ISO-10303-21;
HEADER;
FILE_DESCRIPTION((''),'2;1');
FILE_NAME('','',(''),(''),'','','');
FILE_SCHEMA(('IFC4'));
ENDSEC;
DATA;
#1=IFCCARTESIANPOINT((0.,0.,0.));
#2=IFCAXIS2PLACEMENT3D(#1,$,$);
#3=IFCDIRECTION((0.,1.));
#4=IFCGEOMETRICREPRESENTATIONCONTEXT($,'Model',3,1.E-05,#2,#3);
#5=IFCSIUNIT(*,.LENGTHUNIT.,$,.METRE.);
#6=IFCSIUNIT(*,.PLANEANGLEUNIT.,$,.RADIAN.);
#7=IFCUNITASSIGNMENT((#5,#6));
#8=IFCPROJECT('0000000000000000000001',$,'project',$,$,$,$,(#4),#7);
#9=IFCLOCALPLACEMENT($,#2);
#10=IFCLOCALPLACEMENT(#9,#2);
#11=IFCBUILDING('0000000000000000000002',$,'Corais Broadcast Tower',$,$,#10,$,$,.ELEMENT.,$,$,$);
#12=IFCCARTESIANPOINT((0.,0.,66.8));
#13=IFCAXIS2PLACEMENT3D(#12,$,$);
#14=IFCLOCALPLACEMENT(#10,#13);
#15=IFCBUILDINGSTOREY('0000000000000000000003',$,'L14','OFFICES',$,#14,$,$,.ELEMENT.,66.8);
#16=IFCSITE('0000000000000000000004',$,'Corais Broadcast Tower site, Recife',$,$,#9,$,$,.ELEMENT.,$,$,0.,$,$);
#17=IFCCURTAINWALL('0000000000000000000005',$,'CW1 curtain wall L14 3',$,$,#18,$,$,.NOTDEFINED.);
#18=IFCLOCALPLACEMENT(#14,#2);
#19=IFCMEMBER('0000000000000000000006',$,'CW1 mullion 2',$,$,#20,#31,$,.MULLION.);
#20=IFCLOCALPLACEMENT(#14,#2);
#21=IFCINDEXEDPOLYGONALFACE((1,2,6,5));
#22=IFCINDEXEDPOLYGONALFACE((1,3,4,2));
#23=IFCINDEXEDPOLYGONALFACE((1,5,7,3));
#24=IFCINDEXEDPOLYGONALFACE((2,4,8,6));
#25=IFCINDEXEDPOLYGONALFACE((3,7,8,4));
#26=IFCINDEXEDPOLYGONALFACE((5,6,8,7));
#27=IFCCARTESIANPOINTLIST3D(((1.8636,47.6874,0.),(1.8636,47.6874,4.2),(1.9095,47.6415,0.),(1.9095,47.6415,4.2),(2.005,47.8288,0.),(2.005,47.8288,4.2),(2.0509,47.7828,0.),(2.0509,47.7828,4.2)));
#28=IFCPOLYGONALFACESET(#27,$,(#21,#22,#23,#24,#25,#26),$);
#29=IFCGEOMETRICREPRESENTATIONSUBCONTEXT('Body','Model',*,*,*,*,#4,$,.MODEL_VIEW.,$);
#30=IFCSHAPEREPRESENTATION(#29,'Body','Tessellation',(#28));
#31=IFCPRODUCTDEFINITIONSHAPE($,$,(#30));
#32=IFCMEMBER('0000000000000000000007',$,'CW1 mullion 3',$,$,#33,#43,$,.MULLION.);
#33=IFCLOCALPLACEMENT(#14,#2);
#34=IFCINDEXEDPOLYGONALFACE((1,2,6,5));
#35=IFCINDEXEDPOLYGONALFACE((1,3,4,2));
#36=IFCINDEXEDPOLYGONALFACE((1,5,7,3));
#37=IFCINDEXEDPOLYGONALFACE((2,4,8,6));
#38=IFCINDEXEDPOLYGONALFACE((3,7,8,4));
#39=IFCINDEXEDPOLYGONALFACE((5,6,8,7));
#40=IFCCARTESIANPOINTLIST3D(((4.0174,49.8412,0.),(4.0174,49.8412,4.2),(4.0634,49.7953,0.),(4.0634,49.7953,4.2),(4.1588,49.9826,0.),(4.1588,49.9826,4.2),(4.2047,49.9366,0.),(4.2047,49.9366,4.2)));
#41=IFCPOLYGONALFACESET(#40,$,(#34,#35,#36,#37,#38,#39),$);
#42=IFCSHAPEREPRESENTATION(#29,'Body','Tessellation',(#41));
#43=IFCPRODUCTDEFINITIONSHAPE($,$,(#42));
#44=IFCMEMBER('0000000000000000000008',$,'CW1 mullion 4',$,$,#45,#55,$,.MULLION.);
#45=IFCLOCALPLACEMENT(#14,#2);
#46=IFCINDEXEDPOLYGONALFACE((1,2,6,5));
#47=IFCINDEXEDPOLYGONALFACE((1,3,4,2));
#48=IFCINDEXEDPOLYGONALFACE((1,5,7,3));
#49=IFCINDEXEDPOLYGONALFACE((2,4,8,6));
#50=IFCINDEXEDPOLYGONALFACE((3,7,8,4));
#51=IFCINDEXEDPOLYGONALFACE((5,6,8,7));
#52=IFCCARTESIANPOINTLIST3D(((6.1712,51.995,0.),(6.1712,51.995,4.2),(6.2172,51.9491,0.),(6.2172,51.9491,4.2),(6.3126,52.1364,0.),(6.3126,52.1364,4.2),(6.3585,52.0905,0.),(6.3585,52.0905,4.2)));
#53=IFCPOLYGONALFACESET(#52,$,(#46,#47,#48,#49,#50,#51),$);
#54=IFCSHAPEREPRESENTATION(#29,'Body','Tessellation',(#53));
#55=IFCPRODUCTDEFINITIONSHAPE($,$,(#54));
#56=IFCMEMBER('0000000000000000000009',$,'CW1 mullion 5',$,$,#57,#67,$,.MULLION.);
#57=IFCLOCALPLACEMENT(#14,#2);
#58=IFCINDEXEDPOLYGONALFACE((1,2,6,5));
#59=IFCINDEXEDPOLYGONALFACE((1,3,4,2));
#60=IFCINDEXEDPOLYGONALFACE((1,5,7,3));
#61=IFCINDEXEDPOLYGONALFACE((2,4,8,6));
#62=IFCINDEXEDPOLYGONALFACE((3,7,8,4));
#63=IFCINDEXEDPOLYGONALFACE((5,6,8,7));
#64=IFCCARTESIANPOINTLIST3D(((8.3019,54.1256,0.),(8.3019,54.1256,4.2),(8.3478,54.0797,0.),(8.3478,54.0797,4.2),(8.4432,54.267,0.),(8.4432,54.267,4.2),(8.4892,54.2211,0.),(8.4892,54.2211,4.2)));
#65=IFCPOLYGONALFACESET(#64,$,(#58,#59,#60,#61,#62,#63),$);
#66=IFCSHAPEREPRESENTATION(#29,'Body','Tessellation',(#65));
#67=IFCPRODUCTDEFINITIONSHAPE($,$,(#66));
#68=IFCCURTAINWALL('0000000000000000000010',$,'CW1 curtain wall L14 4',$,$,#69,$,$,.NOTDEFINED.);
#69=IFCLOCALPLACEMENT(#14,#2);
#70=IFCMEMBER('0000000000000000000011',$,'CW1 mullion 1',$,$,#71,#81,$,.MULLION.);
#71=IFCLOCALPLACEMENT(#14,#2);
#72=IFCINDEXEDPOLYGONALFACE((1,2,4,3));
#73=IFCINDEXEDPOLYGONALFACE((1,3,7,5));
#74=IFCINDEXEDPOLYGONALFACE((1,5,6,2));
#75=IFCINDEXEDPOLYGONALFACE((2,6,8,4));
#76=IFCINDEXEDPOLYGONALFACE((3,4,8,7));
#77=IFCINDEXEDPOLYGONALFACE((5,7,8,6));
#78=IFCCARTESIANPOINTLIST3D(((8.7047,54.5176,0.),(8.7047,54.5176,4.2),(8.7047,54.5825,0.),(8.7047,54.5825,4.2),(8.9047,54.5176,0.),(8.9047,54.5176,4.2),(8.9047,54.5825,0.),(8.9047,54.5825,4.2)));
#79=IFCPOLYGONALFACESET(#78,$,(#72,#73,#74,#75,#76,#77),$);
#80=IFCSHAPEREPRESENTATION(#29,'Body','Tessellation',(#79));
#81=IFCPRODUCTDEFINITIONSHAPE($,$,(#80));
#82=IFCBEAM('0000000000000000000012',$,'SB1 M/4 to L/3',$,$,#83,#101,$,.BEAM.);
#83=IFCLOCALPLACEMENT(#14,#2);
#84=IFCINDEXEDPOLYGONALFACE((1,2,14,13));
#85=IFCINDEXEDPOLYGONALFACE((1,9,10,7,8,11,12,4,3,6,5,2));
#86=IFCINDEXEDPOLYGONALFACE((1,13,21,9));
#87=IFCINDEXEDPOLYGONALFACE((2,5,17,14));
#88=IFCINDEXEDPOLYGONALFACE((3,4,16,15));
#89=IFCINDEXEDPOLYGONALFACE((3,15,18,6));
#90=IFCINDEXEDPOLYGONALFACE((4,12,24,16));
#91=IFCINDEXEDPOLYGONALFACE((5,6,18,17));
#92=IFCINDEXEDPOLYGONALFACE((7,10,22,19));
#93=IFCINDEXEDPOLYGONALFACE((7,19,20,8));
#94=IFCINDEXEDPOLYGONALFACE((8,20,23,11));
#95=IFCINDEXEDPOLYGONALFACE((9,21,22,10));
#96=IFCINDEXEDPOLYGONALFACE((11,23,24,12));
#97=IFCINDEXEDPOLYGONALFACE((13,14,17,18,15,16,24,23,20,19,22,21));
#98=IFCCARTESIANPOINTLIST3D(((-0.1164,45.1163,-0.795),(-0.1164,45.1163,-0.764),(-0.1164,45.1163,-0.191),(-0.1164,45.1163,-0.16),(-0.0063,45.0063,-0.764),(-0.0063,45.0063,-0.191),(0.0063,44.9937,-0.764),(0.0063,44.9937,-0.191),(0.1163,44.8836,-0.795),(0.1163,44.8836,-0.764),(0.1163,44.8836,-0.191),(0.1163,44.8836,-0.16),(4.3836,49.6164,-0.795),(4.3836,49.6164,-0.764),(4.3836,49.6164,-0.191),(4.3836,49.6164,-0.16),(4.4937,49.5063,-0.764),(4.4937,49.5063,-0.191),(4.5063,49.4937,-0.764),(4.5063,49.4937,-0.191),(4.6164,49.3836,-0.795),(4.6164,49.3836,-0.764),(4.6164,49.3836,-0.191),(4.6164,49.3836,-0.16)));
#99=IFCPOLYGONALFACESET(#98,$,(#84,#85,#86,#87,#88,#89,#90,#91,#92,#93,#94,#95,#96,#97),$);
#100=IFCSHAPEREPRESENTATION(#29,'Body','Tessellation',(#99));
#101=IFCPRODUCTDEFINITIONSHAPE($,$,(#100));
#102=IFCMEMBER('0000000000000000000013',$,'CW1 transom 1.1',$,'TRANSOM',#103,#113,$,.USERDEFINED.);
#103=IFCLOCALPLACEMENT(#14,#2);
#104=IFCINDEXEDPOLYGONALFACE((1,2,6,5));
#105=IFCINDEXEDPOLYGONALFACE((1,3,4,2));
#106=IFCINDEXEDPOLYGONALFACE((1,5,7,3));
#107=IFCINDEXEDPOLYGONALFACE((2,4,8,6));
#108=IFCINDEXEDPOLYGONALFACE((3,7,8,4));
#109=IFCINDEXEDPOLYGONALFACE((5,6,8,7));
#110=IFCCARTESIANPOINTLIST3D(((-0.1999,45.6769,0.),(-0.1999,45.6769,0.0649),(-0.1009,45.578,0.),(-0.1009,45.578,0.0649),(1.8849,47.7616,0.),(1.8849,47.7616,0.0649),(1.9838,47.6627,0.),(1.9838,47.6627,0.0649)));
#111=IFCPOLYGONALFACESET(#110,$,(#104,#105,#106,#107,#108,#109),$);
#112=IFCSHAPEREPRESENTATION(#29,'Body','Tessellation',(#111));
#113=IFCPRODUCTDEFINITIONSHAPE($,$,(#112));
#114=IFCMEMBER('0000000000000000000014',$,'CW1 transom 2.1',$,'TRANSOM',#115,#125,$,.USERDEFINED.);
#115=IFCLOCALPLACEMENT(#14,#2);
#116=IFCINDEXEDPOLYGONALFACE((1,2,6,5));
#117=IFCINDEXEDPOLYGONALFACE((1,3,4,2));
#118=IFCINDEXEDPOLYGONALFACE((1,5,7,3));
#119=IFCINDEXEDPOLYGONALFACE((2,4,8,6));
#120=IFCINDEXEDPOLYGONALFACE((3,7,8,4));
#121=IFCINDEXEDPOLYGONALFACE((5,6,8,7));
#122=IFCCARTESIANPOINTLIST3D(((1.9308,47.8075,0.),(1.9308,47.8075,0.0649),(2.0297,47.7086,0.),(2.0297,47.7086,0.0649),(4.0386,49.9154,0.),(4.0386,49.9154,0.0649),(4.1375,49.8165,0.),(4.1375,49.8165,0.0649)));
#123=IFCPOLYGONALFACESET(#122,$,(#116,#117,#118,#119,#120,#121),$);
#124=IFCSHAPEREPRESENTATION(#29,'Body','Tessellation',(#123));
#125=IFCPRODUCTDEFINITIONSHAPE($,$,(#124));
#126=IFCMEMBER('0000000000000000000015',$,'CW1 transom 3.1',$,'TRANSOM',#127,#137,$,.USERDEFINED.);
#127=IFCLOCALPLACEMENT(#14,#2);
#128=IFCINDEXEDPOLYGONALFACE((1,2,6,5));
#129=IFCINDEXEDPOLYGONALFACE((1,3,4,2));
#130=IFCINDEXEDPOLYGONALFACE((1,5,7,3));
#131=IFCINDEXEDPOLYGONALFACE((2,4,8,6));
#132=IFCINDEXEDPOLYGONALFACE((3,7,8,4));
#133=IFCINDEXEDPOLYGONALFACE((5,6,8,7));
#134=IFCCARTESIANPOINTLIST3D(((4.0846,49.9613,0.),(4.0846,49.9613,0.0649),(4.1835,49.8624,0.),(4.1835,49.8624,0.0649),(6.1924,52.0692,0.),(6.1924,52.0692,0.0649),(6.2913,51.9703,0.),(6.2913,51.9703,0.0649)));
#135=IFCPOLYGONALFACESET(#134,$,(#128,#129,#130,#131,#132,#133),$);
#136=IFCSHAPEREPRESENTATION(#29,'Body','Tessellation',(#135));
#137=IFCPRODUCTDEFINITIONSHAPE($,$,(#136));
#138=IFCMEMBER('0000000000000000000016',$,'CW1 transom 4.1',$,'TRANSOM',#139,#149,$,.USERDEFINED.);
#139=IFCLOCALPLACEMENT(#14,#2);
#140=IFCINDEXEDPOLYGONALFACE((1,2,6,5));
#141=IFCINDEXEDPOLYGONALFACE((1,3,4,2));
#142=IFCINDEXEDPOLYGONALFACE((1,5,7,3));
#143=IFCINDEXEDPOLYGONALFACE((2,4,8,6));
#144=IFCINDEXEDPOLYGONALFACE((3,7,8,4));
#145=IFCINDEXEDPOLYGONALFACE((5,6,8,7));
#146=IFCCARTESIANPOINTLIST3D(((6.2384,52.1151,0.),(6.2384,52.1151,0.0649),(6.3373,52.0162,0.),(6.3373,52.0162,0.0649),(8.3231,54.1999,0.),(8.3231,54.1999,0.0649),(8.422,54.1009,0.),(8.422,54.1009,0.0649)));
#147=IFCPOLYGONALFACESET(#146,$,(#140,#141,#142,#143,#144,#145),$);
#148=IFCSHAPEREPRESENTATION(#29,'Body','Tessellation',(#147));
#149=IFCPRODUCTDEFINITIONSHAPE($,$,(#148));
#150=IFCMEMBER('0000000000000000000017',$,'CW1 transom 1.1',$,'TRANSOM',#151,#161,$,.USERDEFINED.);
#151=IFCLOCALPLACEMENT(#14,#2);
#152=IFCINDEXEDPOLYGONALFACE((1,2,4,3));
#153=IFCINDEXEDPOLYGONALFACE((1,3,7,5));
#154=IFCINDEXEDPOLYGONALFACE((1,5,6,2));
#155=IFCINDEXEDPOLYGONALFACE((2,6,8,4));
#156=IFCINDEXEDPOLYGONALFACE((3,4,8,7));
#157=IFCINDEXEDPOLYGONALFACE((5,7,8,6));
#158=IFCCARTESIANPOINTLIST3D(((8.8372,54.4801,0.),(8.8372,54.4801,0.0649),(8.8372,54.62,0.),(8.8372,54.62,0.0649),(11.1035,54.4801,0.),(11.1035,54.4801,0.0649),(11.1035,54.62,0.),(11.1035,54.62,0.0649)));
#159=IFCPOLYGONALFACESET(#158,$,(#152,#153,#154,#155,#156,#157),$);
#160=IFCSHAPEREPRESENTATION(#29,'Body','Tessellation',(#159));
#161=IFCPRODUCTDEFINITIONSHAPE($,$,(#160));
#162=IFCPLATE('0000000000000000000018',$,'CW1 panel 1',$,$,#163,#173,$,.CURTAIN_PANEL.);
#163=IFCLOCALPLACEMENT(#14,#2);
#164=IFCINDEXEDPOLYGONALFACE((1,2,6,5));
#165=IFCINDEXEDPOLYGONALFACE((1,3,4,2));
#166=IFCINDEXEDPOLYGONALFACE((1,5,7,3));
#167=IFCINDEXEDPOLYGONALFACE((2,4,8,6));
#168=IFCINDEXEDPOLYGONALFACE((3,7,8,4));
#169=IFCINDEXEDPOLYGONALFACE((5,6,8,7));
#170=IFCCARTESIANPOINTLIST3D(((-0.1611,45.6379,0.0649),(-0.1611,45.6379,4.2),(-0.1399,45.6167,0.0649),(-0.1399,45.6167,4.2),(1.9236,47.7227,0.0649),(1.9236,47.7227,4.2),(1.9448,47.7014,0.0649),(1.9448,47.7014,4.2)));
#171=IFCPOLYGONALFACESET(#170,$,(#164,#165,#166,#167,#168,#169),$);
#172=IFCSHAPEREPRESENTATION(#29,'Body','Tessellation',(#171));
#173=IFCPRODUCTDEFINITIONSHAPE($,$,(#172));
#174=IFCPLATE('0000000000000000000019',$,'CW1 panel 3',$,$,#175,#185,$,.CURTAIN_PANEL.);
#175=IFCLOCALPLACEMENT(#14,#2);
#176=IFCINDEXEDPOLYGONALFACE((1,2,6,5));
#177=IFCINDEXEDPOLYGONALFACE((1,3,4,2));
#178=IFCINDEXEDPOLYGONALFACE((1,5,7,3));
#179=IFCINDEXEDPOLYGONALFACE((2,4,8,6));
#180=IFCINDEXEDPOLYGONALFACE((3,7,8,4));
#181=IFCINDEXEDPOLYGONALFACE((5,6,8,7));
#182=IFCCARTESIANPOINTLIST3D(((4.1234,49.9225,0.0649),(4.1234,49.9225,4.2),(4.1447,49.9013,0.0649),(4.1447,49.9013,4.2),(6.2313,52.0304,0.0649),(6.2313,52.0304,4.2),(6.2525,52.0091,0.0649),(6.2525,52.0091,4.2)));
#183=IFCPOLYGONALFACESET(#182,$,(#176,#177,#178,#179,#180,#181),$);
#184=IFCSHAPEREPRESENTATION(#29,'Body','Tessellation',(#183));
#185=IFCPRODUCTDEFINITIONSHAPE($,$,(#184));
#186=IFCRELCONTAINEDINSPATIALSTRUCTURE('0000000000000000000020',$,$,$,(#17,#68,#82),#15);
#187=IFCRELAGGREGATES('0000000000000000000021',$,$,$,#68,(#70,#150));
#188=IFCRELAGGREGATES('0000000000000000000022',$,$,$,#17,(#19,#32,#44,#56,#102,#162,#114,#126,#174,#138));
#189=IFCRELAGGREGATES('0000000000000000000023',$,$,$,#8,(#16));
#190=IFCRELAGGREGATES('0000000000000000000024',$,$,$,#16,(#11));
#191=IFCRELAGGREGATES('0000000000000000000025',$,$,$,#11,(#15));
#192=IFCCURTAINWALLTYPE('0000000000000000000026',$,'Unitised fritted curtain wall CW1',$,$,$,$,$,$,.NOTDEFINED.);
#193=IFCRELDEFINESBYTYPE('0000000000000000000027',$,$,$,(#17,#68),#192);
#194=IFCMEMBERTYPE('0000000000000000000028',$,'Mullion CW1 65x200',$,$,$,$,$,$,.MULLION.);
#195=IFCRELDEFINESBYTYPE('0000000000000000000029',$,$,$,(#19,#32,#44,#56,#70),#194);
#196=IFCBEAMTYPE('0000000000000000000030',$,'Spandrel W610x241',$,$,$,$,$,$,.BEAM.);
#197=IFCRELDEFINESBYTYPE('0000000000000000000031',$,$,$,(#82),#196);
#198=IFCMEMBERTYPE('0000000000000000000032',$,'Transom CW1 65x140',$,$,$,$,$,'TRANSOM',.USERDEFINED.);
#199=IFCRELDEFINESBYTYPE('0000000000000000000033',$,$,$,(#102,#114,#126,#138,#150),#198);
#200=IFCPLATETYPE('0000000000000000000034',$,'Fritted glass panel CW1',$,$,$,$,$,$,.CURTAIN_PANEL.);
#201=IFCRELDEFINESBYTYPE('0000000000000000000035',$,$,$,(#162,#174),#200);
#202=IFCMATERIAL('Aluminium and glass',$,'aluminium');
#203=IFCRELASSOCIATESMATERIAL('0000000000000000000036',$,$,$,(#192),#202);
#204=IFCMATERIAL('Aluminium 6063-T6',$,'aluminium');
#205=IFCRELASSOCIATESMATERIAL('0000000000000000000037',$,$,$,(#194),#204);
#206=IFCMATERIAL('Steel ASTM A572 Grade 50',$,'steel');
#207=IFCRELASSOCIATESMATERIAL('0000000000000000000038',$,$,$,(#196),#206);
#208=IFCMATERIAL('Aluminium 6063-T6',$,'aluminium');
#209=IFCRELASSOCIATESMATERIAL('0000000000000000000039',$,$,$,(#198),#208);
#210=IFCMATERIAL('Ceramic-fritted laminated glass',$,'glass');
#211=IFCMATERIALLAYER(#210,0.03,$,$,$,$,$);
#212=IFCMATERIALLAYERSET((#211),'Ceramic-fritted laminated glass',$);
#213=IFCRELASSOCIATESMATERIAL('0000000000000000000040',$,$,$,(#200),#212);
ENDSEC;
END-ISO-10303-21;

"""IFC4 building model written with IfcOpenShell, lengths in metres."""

from ifc_helpers import new_model, si_unit, direction, frame, origin, origin_2d, place, context, subcontext, project, spatial, rectangle, i_section, extrude, material, layer, layer_set, material_profile, profile_set, type_object, element, aggregate, save


model = new_model("IFC4")

# Units and contexts
model_context = context("Model", 3, precision=1e-05, world=origin(), true_north=direction((0.0, 1.0)))
body_context = subcontext(model_context, "Body", "Model", "MODEL_VIEW")
ifc_project = project(units=[si_unit("LENGTHUNIT", "METRE"), si_unit("PLANEANGLEUNIT", "RADIAN")], contexts=[model_context])

# Site, building, storey
site_placement = place(None, origin())
site = spatial("IfcSite", under=ifc_project, at=site_placement, Name="Corais Broadcast Tower site, Recife", CompositionType="ELEMENT", RefElevation=0.0)
building_placement = place(site_placement, origin())
building = spatial("IfcBuilding", under=site, at=building_placement, Name="Corais Broadcast Tower", CompositionType="ELEMENT")
storey_placement = place(building_placement, frame((0.0, 0.0, 66.8)))
storey = spatial("IfcBuildingStorey", under=building, at=storey_placement, Name="L14", Description="OFFICES", CompositionType="ELEMENT", Elevation=66.8)

# Shared definitions
ifc_material_1 = material(Name="Aluminium and glass", Category="aluminium")
curtain_wall_type = type_object("IfcCurtainWallType", Name="Unitised fritted curtain wall CW1", PredefinedType="NOTDEFINED", material=ifc_material_1)
ifc_material_2 = material(Name="Aluminium 6063-T6", Category="aluminium")
ifc_material_profile_1 = material_profile(ifc_material_2, rectangle(XDim=0.0649, YDim=0.2, at=origin_2d()), Name="Mullion CW1 65x200")
ifc_profile_set_1 = profile_set([ifc_material_profile_1], Name="Aluminium 6063-T6")
member_type_1 = type_object("IfcMemberType", Name="Mullion CW1 65x200", PredefinedType="MULLION", material=ifc_profile_set_1)

# Curtain wall, members
curtain_wall_1_placement = place(storey_placement, origin())
curtain_wall_1 = element("IfcCurtainWall", 1, at=curtain_wall_1_placement, inside=storey, type_object=curtain_wall_type, Name="CW1 curtain wall L14 3", PredefinedType="NOTDEFINED")
member_1_placement = place(storey_placement, frame((1.9573, 47.7351, 0.0), z_axis=(0.0, 0.0, 1.0), x_axis=(-0.707107, 0.707107, 0.0)))
member_1 = element("IfcMember", 2, at=member_1_placement, type_object=member_type_1, Name="CW1 mullion 2", PredefinedType="MULLION", context=body_context, shape_type="SweptSolid", body=[
    extrude(rectangle(XDim=0.0649, YDim=0.2, at=origin_2d()), origin(), (0.0, 0.0, 1.0), 4.2),
])
member_2_placement = place(storey_placement, frame((4.1111, 49.8889, 0.0), z_axis=(0.0, 0.0, 1.0), x_axis=(-0.707107, 0.707107, 0.0)))
member_2 = element("IfcMember", 3, at=member_2_placement, type_object=member_type_1, Name="CW1 mullion 3", PredefinedType="MULLION", context=body_context, shape_type="SweptSolid", body=[
    extrude(rectangle(XDim=0.0649, YDim=0.2, at=origin_2d()), origin(), (0.0, 0.0, 1.0), 4.2),
])
member_3_placement = place(storey_placement, frame((6.2649, 52.0427, 0.0), z_axis=(0.0, 0.0, 1.0), x_axis=(-0.707107, 0.707107, 0.0)))
member_3 = element("IfcMember", 4, at=member_3_placement, type_object=member_type_1, Name="CW1 mullion 4", PredefinedType="MULLION", context=body_context, shape_type="SweptSolid", body=[
    extrude(rectangle(XDim=0.0649, YDim=0.2, at=origin_2d()), origin(), (0.0, 0.0, 1.0), 4.2),
])
member_4_placement = place(storey_placement, frame((8.3955, 54.1733, 0.0), z_axis=(0.0, 0.0, 1.0), x_axis=(-0.707107, 0.707107, 0.0)))
member_4 = element("IfcMember", 5, at=member_4_placement, type_object=member_type_1, Name="CW1 mullion 5", PredefinedType="MULLION", context=body_context, shape_type="SweptSolid", body=[
    extrude(rectangle(XDim=0.0649, YDim=0.2, at=origin_2d()), origin(), (0.0, 0.0, 1.0), 4.2),
])

# Curtain wall, member
curtain_wall_2_placement = place(storey_placement, origin())
curtain_wall_2 = element("IfcCurtainWall", 6, at=curtain_wall_2_placement, inside=storey, type_object=curtain_wall_type, Name="CW1 curtain wall L14 4", PredefinedType="NOTDEFINED")
member_5_placement = place(storey_placement, frame((8.8047, 54.55, 0.0), z_axis=(0.0, 0.0, 1.0), x_axis=(0.0, 1.0, 0.0)))
member_5 = element("IfcMember", 7, at=member_5_placement, type_object=member_type_1, Name="CW1 mullion 1", PredefinedType="MULLION", context=body_context, shape_type="SweptSolid", body=[
    extrude(rectangle(XDim=0.0649, YDim=0.2, at=origin_2d()), origin(), (0.0, 0.0, 1.0), 4.2),
])

# Beam
ifc_material_3 = material(Name="Steel ASTM A572 Grade 50", Category="steel")
ifc_material_profile_2 = material_profile(ifc_material_3, i_section(OverallWidth=0.3291, OverallDepth=0.635, WebThickness=0.0178, FlangeThickness=0.031, at=origin_2d()), Name="W610x241")
ifc_profile_set_2 = profile_set([ifc_material_profile_2], Name="Steel ASTM A572 Grade 50")
beam_type_1 = type_object("IfcBeamType", Name="Spandrel W610x241", PredefinedType="BEAM", material=ifc_profile_set_2)
beam_1_placement = place(storey_placement, frame((4.5, 49.5, -0.4775), z_axis=(-0.707107, -0.707107, 0.0), x_axis=(0.707107, -0.707107, 0.0)))
element("IfcBeam", 8, at=beam_1_placement, inside=storey, type_object=beam_type_1, Name="SB1 M/4 to L/3", PredefinedType="BEAM", context=body_context, shape_type="SweptSolid", body=[
    extrude(i_section(OverallWidth=0.3291, OverallDepth=0.635, WebThickness=0.0178, FlangeThickness=0.031, at=origin_2d()), origin(), (0.0, 0.0, 1.0), 6.364),
])

# Members
ifc_material_4 = material(Name="Aluminium 6063-T6", Category="aluminium")
ifc_material_profile_3 = material_profile(ifc_material_4, rectangle(XDim=0.1399, YDim=0.0649, at=origin_2d()), Name="Transom CW1 65x140")
ifc_profile_set_3 = profile_set([ifc_material_profile_3], Name="Aluminium 6063-T6")
member_type_2 = type_object("IfcMemberType", Name="Transom CW1 65x140", ElementType="TRANSOM", PredefinedType="USERDEFINED", material=ifc_profile_set_3)
member_6_placement = place(storey_placement, frame((-0.1504, 45.6274, 0.0325), z_axis=(0.707107, 0.707107, 0.0), x_axis=(-0.707107, 0.707107, 0.0)))
member_6 = element("IfcMember", 9, at=member_6_placement, type_object=member_type_2, Name="CW1 transom 1.1", ObjectType="TRANSOM", PredefinedType="USERDEFINED", context=body_context, shape_type="SweptSolid", body=[
    extrude(rectangle(XDim=0.1399, YDim=0.0649, at=origin_2d()), origin(), (0.0, 0.0, 1.0), 2.9482),
])
member_7_placement = place(storey_placement, frame((1.9802, 47.7581, 0.0325), z_axis=(0.707107, 0.707107, 0.0), x_axis=(-0.707107, 0.707107, 0.0)))
member_7 = element("IfcMember", 10, at=member_7_placement, type_object=member_type_2, Name="CW1 transom 2.1", ObjectType="TRANSOM", PredefinedType="USERDEFINED", context=body_context, shape_type="SweptSolid", body=[
    extrude(rectangle(XDim=0.1399, YDim=0.0649, at=origin_2d()), origin(), (0.0, 0.0, 1.0), 2.981),
])
member_8_placement = place(storey_placement, frame((4.134, 49.9119, 0.0325), z_axis=(0.707107, 0.707107, 0.0), x_axis=(-0.707107, 0.707107, 0.0)))
member_8 = element("IfcMember", 11, at=member_8_placement, type_object=member_type_2, Name="CW1 transom 3.1", ObjectType="TRANSOM", PredefinedType="USERDEFINED", context=body_context, shape_type="SweptSolid", body=[
    extrude(rectangle(XDim=0.1399, YDim=0.0649, at=origin_2d()), origin(), (0.0, 0.0, 1.0), 2.981),
])
member_9_placement = place(storey_placement, frame((6.2878, 52.0657, 0.0325), z_axis=(0.707107, 0.707107, 0.0), x_axis=(-0.707107, 0.707107, 0.0)))
member_9 = element("IfcMember", 12, at=member_9_placement, type_object=member_type_2, Name="CW1 transom 4.1", ObjectType="TRANSOM", PredefinedType="USERDEFINED", context=body_context, shape_type="SweptSolid", body=[
    extrude(rectangle(XDim=0.1399, YDim=0.0649, at=origin_2d()), origin(), (0.0, 0.0, 1.0), 2.9482),
])
member_10_placement = place(storey_placement, frame((8.8372, 54.55, 0.0325), z_axis=(1.0, 0.0, 0.0), x_axis=(0.0, 1.0, 0.0)))
member_10 = element("IfcMember", 13, at=member_10_placement, type_object=member_type_2, Name="CW1 transom 1.1", ObjectType="TRANSOM", PredefinedType="USERDEFINED", context=body_context, shape_type="SweptSolid", body=[
    extrude(rectangle(XDim=0.1399, YDim=0.0649, at=origin_2d()), origin(), (0.0, 0.0, 1.0), 2.2664),
])
aggregate(curtain_wall_2, [member_5, member_10])

# Plates
ifc_material_5 = material(Name="Ceramic-fritted laminated glass", Category="glass")
ifc_layer_1 = layer(ifc_material_5, 0.03)
ifc_layer_set_1 = layer_set([ifc_layer_1], Name="Ceramic-fritted laminated glass")
plate_type_1 = type_object("IfcPlateType", Name="Fritted glass panel CW1", PredefinedType="CURTAIN_PANEL", material=ifc_layer_set_1)
plate_1_placement = place(storey_placement, frame((0.8918, 46.6697, 0.0649), z_axis=(0.0, 0.0, 1.0), x_axis=(0.707107, 0.707107, 0.0)))
plate_1 = element("IfcPlate", 14, at=plate_1_placement, type_object=plate_type_1, Name="CW1 panel 1", PredefinedType="CURTAIN_PANEL", context=body_context, shape_type="SweptSolid", body=[
    extrude(rectangle(XDim=2.9482, YDim=0.03, at=origin_2d()), origin(), (0.0, 0.0, 1.0), 4.135),
])
plate_2_placement = place(storey_placement, frame((5.188, 50.9658, 0.0649), z_axis=(0.0, 0.0, 1.0), x_axis=(0.707107, 0.707107, 0.0)))
plate_2 = element("IfcPlate", 15, at=plate_2_placement, type_object=plate_type_1, Name="CW1 panel 3", PredefinedType="CURTAIN_PANEL", context=body_context, shape_type="SweptSolid", body=[
    extrude(rectangle(XDim=2.981, YDim=0.03, at=origin_2d()), origin(), (0.0, 0.0, 1.0), 4.135),
])
aggregate(curtain_wall_1, [member_1, member_2, member_3, member_4, member_6, plate_1, member_7, member_8, plate_2, member_9])

save(model, "model.ifc")
